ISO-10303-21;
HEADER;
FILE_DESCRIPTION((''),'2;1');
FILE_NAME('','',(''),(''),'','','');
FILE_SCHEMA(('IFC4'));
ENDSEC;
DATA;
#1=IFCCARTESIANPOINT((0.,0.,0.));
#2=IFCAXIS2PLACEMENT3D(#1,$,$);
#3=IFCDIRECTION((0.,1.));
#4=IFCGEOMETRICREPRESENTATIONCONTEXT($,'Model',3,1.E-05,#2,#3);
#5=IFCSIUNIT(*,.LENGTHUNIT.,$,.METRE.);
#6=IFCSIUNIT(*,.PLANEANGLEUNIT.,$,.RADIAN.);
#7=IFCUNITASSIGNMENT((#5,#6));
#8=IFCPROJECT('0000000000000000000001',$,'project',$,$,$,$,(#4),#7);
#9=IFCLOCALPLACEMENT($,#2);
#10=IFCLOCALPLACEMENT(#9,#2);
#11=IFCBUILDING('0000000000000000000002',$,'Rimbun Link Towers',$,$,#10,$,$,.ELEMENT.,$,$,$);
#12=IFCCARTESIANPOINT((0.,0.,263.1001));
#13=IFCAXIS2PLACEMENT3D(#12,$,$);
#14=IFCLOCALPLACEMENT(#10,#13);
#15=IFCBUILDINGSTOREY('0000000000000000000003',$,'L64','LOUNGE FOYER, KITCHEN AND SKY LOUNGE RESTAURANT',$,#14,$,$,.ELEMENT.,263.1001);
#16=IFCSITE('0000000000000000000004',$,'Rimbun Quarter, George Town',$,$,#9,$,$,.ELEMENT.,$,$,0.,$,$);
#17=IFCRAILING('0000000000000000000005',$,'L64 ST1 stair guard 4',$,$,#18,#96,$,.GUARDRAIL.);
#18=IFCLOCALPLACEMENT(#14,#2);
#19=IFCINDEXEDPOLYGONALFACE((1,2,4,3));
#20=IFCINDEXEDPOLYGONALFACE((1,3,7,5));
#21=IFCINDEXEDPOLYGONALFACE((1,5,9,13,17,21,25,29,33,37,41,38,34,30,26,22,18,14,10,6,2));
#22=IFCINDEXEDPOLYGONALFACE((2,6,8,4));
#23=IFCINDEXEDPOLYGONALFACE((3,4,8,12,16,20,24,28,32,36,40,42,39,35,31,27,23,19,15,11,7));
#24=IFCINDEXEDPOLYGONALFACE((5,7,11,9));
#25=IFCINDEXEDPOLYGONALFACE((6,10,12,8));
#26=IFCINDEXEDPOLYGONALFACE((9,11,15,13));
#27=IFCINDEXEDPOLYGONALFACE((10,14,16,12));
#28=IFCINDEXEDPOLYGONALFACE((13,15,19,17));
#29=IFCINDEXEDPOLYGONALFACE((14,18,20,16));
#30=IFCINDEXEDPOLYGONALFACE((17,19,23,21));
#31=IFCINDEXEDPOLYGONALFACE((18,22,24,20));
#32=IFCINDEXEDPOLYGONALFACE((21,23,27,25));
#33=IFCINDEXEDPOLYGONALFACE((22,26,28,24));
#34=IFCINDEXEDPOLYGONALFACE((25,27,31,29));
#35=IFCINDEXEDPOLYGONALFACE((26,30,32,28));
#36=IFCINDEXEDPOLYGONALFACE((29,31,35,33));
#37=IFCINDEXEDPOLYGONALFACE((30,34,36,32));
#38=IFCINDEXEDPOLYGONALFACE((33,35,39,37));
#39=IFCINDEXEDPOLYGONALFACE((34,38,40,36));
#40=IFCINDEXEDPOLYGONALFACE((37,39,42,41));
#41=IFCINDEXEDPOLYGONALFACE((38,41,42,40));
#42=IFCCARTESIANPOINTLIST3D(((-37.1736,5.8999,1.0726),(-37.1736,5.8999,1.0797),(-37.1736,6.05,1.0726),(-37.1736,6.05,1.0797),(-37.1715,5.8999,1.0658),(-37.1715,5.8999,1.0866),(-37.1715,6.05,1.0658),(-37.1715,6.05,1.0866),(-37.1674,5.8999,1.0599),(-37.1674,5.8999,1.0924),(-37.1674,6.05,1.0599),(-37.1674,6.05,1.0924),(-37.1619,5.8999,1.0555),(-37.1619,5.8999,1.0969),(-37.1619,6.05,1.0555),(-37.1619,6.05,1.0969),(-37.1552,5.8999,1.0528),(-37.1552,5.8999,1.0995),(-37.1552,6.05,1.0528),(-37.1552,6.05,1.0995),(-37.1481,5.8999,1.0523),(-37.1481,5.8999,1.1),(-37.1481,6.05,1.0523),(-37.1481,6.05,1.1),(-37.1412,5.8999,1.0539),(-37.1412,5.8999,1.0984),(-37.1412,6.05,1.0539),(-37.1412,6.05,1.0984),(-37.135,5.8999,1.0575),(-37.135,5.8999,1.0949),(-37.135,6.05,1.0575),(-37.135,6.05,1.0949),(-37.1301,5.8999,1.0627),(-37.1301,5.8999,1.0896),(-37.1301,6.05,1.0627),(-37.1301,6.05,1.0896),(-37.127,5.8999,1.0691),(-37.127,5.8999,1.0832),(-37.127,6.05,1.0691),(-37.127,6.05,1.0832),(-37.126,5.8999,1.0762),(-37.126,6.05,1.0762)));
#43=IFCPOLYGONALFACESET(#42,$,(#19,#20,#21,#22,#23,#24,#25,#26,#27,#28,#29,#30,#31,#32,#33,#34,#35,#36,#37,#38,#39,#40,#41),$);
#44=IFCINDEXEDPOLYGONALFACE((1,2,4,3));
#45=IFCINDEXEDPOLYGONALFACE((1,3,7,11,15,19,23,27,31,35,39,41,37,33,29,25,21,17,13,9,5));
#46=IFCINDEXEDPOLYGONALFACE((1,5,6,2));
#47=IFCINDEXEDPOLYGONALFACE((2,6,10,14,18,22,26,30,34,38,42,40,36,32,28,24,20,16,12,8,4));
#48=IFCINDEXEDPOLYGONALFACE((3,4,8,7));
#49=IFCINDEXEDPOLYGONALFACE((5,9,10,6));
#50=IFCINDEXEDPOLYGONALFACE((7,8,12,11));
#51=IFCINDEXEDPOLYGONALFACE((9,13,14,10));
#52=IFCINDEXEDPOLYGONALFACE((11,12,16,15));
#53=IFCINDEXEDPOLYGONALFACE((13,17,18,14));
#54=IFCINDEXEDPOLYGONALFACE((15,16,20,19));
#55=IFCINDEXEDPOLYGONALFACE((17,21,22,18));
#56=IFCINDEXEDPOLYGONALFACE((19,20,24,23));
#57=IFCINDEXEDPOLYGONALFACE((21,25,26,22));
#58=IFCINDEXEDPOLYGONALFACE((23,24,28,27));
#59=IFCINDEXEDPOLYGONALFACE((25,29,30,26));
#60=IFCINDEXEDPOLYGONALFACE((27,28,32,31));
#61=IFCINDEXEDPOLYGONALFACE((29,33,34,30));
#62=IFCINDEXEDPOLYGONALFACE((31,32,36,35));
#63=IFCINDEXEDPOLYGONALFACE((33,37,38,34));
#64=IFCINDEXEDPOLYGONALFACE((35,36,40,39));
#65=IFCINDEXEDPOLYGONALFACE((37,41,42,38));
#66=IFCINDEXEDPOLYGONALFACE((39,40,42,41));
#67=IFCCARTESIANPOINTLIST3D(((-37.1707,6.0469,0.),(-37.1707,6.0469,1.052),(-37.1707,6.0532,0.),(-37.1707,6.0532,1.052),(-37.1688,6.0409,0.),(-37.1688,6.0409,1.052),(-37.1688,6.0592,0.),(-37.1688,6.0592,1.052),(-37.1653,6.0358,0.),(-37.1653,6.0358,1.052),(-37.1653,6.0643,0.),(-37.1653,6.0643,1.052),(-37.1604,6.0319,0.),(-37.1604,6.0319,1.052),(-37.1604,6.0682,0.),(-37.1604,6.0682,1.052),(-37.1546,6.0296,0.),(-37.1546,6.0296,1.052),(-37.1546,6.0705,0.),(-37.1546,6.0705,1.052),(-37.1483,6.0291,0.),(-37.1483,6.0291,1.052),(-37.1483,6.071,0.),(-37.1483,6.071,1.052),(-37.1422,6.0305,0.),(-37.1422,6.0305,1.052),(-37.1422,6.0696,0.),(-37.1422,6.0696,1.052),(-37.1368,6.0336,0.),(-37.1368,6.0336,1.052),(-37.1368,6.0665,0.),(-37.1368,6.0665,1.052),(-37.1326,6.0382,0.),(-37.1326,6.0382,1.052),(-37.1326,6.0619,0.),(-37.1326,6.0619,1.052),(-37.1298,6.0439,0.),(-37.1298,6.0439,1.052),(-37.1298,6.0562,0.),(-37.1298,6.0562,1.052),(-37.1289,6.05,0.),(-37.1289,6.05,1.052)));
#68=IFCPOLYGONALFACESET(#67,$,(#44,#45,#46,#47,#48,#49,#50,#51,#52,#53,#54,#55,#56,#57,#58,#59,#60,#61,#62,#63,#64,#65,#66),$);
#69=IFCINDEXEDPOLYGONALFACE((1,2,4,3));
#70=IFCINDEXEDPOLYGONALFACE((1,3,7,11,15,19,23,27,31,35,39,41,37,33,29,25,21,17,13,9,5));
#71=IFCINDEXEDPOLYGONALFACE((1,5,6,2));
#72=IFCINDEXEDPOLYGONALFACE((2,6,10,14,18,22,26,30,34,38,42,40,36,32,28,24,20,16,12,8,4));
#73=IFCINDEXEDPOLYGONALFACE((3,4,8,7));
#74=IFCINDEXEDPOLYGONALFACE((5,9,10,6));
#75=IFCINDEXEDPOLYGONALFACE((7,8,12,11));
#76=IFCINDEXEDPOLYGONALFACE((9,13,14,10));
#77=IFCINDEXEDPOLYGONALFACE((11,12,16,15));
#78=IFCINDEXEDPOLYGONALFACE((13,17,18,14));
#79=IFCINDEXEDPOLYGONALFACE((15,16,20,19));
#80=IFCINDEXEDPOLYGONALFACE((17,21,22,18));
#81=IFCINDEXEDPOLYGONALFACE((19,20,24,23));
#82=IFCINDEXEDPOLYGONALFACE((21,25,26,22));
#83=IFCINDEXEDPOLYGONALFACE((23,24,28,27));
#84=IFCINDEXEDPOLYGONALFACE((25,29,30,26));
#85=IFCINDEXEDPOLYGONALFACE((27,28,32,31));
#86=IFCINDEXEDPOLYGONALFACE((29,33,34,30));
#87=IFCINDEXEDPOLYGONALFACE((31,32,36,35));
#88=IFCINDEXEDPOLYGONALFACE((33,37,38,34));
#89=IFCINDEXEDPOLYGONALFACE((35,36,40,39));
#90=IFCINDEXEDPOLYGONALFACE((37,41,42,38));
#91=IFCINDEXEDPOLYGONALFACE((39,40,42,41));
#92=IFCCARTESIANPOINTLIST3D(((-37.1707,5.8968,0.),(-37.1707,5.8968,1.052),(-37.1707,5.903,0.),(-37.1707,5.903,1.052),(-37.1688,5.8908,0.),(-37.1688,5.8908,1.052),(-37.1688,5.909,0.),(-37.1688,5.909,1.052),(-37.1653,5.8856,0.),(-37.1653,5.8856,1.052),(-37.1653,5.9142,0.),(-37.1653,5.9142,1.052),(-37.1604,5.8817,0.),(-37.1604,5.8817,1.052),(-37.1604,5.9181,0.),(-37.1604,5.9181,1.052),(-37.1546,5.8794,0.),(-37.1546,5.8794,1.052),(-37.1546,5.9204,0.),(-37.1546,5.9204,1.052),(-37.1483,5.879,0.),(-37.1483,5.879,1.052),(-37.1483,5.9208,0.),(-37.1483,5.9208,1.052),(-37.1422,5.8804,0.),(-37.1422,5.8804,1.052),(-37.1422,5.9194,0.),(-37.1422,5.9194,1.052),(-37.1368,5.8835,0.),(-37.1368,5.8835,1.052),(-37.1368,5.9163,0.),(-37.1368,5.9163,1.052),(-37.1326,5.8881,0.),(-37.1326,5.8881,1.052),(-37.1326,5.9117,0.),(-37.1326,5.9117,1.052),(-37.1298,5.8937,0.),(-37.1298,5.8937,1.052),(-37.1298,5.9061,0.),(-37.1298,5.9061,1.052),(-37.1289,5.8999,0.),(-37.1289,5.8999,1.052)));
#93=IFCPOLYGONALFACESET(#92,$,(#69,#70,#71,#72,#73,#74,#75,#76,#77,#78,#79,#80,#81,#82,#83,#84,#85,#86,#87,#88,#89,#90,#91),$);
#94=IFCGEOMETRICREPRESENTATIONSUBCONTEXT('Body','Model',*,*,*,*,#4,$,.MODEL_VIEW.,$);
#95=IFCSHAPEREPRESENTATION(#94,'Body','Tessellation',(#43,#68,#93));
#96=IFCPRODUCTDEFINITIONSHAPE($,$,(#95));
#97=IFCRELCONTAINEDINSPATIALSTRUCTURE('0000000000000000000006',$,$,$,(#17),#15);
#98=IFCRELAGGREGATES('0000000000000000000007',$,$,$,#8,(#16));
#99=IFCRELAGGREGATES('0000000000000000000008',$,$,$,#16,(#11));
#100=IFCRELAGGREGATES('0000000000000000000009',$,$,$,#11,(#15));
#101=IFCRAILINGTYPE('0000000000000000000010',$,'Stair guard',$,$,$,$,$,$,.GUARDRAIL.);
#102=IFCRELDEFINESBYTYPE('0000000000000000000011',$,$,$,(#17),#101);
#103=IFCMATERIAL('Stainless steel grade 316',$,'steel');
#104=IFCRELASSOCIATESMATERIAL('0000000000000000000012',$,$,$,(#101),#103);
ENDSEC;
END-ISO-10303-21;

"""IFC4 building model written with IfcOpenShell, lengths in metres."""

from ifc_helpers import new_model, si_unit, direction, frame, origin, origin_2d, place, context, subcontext, project, spatial, circle, extrude, material, type_object, element, save


model = new_model("IFC4")

# Units and contexts
model_context = context("Model", 3, precision=1e-05, world=origin(), true_north=direction((0.0, 1.0)))
body_context = subcontext(model_context, "Body", "Model", "MODEL_VIEW")
ifc_project = project(units=[si_unit("LENGTHUNIT", "METRE"), si_unit("PLANEANGLEUNIT", "RADIAN")], contexts=[model_context])

# Site, building, storey
site_placement = place(None, origin())
site = spatial("IfcSite", under=ifc_project, at=site_placement, Name="Rimbun Quarter, George Town", CompositionType="ELEMENT", RefElevation=0.0)
building_placement = place(site_placement, origin())
building = spatial("IfcBuilding", under=site, at=building_placement, Name="Rimbun Link Towers", CompositionType="ELEMENT")
storey_placement = place(building_placement, frame((0.0, 0.0, 263.1001)))
storey = spatial("IfcBuildingStorey", under=building, at=storey_placement, Name="L64", Description="LOUNGE FOYER, KITCHEN AND SKY LOUNGE RESTAURANT", CompositionType="ELEMENT", Elevation=263.1001)

# Railing
ifc_material_1 = material(Name="Stainless steel grade 316", Category="steel")
railing_type_1 = type_object("IfcRailingType", Name="Stair guard", PredefinedType="GUARDRAIL", material=ifc_material_1)
railing_1_placement = place(storey_placement, frame((-37.1499, 6.05, 0.0)))
element("IfcRailing", 1, at=railing_1_placement, inside=storey, type_object=railing_type_1, Name="L64 ST1 stair guard 4", PredefinedType="GUARDRAIL", context=body_context, shape_type="SweptSolid", body=[
    extrude(circle(Radius=0.0239, at=origin_2d()), frame((0.0, 0.0, 1.0762), z_axis=(0.0, -1.0, 0.0), x_axis=(1.0, 0.0, 0.0)), (0.0, 0.0, 1.0), 0.1501),
    extrude(circle(Radius=0.021, at=origin_2d()), origin(), (0.0, 0.0, 1.0), 1.052),
    extrude(circle(Radius=0.021, at=origin_2d()), frame((0.0, -0.1501, 0.0)), (0.0, 0.0, 1.0), 1.052),
])

save(model, "model.ifc")
